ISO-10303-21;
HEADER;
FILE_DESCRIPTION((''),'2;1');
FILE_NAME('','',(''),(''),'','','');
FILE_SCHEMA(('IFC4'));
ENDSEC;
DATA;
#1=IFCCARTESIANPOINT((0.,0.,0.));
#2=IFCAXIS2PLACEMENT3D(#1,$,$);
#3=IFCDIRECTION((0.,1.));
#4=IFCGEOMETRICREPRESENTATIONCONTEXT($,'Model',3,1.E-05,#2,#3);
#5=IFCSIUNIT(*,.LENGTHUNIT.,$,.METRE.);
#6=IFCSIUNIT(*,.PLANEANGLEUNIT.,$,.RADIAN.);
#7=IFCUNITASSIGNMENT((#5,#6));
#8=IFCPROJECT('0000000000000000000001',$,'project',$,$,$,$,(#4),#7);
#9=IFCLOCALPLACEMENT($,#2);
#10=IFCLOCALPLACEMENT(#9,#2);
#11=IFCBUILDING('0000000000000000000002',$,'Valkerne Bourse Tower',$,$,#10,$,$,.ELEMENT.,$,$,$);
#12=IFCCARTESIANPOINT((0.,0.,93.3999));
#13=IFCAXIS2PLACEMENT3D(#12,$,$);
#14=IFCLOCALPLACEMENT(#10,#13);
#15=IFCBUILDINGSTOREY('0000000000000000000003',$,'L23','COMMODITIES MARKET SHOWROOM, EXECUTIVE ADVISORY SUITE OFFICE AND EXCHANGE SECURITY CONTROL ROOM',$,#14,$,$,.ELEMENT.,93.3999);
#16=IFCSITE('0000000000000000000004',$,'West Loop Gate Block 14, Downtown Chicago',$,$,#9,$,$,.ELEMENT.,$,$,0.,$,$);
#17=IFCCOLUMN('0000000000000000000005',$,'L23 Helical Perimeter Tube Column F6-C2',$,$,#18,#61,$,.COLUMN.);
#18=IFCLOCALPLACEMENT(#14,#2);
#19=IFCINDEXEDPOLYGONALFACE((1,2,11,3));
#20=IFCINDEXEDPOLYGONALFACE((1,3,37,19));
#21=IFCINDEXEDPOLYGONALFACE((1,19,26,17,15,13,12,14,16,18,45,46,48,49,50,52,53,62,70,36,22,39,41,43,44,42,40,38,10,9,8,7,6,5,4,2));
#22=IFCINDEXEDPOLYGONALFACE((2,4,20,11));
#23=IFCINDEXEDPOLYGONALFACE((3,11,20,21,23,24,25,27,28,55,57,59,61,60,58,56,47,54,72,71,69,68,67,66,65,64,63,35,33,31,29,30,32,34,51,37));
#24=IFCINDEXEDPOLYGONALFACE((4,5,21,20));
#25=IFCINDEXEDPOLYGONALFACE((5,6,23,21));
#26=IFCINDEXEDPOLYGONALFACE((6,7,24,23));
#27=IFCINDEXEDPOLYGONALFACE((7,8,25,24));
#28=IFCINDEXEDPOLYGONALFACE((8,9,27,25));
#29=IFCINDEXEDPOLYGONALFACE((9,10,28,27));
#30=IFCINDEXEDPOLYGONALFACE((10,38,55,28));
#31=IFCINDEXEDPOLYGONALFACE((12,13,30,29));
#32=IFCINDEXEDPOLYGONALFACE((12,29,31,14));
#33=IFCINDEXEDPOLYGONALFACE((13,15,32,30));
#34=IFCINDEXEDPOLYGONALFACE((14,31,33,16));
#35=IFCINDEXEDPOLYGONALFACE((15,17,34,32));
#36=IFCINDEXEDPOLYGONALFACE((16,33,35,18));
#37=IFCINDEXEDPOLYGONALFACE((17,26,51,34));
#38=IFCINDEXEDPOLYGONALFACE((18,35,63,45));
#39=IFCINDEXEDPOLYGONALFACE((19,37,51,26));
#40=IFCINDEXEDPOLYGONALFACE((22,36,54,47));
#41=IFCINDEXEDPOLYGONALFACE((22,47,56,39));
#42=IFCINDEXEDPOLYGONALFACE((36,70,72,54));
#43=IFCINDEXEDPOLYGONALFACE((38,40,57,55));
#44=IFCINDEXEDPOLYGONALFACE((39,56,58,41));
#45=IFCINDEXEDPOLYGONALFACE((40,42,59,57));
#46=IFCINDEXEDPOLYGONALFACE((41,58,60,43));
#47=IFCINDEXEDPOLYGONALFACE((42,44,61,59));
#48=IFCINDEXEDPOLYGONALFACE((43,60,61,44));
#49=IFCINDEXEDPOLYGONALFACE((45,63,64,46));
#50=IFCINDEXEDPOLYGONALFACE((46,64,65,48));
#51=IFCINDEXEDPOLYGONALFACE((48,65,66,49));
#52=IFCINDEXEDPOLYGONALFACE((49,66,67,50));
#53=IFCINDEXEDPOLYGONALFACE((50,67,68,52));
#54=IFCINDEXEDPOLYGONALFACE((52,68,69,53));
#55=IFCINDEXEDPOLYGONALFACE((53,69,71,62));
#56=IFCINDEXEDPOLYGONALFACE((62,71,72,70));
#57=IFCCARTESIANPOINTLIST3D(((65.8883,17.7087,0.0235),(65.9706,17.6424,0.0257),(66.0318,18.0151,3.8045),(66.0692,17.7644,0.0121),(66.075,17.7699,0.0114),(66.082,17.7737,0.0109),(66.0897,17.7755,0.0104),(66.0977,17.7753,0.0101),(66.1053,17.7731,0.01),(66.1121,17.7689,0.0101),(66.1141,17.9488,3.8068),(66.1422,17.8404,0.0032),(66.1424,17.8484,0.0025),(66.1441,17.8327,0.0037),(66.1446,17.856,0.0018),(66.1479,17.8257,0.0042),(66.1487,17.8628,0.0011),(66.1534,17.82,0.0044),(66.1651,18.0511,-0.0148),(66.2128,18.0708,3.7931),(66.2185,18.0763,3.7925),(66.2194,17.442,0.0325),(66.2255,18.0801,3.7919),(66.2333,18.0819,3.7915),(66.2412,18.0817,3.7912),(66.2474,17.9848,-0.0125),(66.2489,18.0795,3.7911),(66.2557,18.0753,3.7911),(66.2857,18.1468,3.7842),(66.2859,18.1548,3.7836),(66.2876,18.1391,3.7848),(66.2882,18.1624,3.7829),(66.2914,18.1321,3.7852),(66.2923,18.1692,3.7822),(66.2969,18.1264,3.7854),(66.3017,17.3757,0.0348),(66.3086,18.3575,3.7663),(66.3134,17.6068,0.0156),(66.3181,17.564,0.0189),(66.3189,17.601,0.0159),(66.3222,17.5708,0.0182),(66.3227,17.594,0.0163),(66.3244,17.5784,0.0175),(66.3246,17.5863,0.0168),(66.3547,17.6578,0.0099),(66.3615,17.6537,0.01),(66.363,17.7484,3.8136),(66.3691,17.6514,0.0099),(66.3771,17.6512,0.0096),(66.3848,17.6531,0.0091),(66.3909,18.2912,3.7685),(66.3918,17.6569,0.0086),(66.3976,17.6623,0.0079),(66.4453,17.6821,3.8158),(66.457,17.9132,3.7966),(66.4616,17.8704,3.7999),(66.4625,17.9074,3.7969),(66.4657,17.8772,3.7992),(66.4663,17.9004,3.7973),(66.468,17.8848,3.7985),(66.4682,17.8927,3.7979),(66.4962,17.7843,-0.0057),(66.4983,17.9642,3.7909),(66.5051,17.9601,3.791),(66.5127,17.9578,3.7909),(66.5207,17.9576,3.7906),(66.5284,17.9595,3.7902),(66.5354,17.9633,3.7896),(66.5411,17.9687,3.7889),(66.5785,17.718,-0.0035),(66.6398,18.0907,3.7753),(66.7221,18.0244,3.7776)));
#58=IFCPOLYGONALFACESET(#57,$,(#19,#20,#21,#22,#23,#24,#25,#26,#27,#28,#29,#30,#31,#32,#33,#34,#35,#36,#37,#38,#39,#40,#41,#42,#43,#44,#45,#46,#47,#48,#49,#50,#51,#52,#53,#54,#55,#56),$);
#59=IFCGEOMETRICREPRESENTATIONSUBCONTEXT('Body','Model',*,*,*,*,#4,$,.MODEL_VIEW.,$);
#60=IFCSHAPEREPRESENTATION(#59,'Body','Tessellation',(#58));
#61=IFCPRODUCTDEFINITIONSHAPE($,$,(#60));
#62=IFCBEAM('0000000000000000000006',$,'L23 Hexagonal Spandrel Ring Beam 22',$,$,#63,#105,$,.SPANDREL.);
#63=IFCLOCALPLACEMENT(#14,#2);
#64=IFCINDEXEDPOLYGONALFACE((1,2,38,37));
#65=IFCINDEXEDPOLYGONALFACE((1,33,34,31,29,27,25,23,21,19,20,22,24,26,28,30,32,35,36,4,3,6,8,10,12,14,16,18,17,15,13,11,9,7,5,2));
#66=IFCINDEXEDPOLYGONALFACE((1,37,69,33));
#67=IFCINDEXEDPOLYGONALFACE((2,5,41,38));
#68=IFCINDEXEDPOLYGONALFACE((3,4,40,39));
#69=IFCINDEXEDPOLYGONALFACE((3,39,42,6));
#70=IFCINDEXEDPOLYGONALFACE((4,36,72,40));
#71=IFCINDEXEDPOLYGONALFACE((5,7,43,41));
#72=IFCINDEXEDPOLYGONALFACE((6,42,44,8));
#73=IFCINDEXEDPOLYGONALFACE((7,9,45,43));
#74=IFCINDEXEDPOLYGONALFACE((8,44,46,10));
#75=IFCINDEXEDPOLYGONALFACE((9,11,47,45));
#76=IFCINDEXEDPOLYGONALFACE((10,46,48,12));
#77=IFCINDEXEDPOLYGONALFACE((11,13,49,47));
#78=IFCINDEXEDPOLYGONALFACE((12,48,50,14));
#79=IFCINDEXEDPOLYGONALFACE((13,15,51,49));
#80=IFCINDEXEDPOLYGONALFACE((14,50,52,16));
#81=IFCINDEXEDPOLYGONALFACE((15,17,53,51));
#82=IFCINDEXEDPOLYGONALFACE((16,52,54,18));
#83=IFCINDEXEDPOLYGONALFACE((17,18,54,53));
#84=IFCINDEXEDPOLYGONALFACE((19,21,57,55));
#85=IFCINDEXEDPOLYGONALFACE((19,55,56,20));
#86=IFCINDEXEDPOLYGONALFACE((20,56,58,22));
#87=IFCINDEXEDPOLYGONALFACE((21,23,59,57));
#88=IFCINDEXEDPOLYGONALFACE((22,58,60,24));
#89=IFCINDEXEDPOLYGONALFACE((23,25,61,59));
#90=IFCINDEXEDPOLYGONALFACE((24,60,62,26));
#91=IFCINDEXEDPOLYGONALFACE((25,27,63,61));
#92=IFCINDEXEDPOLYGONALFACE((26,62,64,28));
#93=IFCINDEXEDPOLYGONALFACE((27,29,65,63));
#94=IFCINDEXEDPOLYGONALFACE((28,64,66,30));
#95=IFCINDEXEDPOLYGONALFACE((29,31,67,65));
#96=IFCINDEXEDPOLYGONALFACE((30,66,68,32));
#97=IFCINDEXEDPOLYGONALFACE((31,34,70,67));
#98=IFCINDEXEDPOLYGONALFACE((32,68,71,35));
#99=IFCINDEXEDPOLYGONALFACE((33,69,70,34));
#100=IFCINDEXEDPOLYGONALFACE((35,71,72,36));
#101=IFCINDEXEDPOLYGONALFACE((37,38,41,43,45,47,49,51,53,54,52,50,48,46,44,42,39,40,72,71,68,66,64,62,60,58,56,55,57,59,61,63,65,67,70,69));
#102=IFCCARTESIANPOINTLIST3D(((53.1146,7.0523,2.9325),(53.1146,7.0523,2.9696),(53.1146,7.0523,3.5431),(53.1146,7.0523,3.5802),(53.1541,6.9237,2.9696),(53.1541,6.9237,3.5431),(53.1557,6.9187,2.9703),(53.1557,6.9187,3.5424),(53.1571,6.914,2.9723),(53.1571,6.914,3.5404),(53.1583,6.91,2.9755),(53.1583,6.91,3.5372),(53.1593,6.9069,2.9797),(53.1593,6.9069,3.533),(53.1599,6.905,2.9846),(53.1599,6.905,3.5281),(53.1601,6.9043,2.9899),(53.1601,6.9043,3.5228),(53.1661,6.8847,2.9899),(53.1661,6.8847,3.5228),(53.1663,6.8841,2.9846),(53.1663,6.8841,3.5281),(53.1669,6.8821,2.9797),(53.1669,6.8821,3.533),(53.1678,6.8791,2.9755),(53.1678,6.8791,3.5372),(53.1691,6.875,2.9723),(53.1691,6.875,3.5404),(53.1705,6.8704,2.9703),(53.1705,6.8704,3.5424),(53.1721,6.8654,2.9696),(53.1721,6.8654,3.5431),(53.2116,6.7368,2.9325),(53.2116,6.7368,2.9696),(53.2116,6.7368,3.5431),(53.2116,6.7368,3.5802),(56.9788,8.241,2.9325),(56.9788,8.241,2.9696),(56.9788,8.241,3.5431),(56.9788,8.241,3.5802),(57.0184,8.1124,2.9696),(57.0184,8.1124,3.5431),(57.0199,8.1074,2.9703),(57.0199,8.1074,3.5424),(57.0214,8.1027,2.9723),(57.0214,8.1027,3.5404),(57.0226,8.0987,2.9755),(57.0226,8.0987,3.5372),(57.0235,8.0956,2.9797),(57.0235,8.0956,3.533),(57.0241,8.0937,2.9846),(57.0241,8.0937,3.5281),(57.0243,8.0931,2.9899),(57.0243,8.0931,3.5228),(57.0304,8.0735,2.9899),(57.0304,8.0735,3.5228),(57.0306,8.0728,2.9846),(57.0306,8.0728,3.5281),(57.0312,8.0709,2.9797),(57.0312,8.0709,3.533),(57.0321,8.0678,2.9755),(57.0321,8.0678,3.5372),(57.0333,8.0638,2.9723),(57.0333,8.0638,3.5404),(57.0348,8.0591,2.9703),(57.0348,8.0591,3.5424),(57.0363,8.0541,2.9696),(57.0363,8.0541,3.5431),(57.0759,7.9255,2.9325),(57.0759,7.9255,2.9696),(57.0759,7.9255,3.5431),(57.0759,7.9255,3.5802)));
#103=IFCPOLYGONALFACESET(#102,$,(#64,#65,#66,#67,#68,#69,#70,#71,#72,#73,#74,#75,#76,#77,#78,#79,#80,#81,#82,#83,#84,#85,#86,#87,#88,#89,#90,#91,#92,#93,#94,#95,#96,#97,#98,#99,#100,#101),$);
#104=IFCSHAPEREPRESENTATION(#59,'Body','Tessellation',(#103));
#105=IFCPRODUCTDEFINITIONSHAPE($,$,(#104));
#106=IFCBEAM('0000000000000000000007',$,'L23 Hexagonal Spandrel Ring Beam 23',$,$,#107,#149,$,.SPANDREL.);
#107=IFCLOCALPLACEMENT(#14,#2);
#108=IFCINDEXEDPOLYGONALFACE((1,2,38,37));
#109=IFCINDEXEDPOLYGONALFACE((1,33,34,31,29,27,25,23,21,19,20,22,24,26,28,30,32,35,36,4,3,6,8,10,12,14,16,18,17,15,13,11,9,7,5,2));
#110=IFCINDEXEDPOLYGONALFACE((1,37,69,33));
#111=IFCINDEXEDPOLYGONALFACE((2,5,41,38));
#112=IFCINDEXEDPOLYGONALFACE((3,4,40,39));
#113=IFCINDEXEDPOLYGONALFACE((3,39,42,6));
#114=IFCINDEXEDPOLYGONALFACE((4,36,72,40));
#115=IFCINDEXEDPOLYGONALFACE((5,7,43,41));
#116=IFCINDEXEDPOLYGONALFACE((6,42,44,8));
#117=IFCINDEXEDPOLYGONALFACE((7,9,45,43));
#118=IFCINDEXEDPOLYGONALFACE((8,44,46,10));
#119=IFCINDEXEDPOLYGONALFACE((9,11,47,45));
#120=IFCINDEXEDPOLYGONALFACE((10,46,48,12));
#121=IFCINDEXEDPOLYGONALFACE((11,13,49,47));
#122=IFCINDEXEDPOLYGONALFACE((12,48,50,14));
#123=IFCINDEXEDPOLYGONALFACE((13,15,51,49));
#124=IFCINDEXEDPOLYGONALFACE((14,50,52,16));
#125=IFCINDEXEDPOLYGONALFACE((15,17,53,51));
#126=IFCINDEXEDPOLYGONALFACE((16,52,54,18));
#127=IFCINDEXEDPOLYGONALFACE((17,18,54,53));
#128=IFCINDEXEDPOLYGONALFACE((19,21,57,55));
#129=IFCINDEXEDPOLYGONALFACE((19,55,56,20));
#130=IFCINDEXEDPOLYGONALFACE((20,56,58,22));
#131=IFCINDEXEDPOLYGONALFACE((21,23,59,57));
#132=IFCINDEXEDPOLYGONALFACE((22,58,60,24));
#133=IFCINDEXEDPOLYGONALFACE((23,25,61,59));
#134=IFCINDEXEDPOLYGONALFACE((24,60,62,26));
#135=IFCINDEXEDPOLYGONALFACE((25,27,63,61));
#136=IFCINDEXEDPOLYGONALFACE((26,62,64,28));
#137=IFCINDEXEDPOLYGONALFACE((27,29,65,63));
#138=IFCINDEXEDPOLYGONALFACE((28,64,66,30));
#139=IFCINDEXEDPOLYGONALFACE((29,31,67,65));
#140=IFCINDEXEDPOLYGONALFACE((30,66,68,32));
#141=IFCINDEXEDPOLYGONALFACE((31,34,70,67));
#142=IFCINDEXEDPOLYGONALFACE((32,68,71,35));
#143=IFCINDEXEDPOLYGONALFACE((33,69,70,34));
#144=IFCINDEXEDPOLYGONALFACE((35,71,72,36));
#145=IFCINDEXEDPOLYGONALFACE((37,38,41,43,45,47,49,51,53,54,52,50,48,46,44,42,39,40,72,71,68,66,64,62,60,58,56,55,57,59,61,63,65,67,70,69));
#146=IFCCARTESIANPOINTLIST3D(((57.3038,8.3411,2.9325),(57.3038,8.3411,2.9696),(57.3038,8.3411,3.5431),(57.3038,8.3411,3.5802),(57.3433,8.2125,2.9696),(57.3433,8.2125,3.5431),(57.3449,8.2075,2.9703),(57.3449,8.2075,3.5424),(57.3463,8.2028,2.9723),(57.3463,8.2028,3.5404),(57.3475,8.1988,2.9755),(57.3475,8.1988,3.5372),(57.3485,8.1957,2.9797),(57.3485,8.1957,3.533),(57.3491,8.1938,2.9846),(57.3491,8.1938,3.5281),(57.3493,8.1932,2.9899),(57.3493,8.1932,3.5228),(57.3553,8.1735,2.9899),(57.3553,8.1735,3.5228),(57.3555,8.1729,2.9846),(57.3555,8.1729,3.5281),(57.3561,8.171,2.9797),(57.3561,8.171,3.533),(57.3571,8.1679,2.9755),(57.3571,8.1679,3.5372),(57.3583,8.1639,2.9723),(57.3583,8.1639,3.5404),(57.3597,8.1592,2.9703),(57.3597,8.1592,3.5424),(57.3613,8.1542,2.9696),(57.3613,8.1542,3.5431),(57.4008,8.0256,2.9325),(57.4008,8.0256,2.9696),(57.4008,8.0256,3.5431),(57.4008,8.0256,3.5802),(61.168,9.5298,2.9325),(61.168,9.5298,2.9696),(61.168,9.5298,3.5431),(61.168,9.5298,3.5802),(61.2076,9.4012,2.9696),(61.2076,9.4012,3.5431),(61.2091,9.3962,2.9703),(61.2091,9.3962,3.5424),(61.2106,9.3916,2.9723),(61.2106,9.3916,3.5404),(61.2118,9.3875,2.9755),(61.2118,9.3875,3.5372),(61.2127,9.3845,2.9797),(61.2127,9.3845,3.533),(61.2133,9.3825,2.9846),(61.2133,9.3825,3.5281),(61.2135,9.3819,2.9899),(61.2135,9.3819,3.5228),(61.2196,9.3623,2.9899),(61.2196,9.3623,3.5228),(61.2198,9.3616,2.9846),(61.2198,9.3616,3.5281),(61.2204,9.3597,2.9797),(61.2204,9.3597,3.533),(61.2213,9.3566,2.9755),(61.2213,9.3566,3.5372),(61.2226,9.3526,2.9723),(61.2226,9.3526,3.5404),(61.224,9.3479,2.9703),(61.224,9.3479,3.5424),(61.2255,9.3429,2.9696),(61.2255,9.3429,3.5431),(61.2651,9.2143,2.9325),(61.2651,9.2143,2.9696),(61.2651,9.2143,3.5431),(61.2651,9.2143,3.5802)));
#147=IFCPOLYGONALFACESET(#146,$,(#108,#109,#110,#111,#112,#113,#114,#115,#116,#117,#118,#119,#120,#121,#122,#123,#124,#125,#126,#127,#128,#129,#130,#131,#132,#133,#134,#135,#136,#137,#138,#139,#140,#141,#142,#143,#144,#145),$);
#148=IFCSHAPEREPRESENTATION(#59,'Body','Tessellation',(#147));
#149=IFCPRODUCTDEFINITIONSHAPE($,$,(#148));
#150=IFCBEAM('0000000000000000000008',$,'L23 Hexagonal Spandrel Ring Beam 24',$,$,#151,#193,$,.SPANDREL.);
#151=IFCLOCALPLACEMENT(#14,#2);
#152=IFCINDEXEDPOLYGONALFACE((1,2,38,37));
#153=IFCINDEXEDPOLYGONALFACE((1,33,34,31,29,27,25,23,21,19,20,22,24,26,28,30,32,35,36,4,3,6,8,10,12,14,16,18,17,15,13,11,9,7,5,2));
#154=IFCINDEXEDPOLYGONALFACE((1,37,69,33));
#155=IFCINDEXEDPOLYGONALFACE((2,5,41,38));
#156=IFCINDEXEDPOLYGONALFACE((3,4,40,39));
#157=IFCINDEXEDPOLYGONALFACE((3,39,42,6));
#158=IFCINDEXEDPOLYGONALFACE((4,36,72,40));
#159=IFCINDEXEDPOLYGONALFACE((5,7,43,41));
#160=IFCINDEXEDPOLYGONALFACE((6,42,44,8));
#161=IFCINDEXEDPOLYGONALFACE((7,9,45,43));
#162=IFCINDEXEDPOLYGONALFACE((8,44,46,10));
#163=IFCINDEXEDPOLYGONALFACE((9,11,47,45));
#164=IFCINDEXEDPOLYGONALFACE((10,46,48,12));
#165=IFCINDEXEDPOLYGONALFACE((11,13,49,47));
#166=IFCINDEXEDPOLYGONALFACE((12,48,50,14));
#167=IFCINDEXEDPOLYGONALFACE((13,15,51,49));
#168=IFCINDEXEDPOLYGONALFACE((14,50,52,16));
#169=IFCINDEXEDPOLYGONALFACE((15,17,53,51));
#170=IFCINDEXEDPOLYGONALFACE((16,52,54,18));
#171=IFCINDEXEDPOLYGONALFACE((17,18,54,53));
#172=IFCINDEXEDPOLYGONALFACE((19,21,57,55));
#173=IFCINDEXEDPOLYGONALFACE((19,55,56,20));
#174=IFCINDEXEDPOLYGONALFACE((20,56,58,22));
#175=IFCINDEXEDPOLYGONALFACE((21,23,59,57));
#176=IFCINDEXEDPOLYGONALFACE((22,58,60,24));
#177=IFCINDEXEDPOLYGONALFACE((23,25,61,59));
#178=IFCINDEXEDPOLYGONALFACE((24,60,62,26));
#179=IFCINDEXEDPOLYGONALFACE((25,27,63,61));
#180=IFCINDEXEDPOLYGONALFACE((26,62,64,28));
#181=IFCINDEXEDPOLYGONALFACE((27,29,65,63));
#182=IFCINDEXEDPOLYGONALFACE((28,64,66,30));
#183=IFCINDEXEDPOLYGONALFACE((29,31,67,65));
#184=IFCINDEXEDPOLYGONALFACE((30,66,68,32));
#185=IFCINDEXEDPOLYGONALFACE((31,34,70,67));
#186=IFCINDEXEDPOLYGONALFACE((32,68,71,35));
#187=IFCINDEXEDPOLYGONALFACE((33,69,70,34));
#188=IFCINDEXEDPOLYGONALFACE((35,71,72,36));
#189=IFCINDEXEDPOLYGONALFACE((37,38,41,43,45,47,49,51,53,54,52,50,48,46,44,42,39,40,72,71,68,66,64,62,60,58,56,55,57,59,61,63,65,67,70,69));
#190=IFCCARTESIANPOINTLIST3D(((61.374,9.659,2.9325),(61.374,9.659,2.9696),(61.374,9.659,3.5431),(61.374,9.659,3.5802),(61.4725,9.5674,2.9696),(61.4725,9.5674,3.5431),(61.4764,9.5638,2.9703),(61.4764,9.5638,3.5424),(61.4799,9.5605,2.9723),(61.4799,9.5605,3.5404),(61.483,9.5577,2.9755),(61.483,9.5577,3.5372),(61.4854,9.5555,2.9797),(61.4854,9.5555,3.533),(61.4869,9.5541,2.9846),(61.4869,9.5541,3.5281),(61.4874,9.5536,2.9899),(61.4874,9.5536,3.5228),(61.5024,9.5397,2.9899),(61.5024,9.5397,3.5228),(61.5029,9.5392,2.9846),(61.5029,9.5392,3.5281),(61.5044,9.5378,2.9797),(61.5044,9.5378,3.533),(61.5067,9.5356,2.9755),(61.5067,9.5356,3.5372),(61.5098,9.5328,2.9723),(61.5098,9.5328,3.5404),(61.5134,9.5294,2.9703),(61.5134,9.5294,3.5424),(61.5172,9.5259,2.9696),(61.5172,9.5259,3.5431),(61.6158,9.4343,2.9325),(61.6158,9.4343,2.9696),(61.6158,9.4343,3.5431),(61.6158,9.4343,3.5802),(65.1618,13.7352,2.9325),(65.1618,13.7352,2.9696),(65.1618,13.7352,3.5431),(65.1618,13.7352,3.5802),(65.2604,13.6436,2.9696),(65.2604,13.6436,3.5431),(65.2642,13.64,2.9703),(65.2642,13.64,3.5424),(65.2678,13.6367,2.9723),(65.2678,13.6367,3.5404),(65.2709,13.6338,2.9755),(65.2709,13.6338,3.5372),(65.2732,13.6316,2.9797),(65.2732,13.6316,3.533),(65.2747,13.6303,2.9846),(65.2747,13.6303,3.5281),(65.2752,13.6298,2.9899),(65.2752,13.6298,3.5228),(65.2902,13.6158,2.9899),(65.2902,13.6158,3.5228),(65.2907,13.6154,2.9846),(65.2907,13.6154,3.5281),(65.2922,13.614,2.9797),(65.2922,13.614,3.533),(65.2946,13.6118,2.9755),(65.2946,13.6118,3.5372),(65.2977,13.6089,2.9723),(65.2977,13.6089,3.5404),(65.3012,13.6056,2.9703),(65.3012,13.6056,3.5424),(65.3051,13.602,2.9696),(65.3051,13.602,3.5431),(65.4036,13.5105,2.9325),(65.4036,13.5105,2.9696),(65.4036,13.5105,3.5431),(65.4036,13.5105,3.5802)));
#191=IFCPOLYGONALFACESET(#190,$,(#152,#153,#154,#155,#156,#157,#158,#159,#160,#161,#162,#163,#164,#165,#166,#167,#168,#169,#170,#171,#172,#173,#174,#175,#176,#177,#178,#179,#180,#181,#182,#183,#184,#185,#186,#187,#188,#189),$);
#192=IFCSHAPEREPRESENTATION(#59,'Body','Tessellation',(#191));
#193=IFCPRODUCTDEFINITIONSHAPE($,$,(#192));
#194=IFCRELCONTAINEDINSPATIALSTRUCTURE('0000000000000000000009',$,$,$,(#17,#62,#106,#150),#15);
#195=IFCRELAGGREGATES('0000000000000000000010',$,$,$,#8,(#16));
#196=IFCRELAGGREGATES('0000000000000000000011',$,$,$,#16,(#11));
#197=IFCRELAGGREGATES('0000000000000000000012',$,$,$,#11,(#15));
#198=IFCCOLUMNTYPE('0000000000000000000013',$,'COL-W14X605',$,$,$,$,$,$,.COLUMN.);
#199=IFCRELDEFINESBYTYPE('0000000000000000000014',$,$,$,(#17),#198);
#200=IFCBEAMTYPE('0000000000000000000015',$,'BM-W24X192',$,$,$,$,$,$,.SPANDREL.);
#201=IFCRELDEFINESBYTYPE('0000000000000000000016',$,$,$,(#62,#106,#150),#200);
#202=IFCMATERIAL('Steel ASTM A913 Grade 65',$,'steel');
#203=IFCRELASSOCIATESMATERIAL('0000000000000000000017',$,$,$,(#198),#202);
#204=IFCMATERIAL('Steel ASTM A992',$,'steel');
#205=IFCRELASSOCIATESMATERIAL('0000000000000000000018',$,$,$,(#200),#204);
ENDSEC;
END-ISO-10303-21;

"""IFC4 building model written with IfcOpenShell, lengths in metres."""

from ifc_helpers import new_model, si_unit, direction, frame, origin, origin_2d, place, context, subcontext, project, spatial, i_section, extrude, material, material_profile, profile_set, type_object, element, save


model = new_model("IFC4")

# Units and contexts
model_context = context("Model", 3, precision=1e-05, world=origin(), true_north=direction((0.0, 1.0)))
body_context = subcontext(model_context, "Body", "Model", "MODEL_VIEW")
ifc_project = project(units=[si_unit("LENGTHUNIT", "METRE"), si_unit("PLANEANGLEUNIT", "RADIAN")], contexts=[model_context])

# Site, building, storey
site_placement = place(None, origin())
site = spatial("IfcSite", under=ifc_project, at=site_placement, Name="West Loop Gate Block 14, Downtown Chicago", CompositionType="ELEMENT", RefElevation=0.0)
building_placement = place(site_placement, origin())
building = spatial("IfcBuilding", under=site, at=building_placement, Name="Valkerne Bourse Tower", CompositionType="ELEMENT")
storey_placement = place(building_placement, frame((0.0, 0.0, 93.3999)))
storey = spatial("IfcBuildingStorey", under=building, at=storey_placement, Name="L23", Description="COMMODITIES MARKET SHOWROOM, EXECUTIVE ADVISORY SUITE OFFICE AND EXCHANGE SECURITY CONTROL ROOM", CompositionType="ELEMENT", Elevation=93.3999)

# Column
ifc_material_1 = material(Name="Steel ASTM A913 Grade 65", Category="steel")
ifc_material_profile_1 = material_profile(ifc_material_1, i_section(OverallWidth=0.4419, OverallDepth=0.531, WebThickness=0.0659, FlangeThickness=0.1057, FilletRadius=0.0305, at=origin_2d()), Name="W14X605")
ifc_profile_set_1 = profile_set([ifc_material_profile_1], Name="Steel ASTM A913 Grade 65")
column_type = type_object("IfcColumnType", Name="COL-W14X605", PredefinedType="COLUMN", material=ifc_profile_set_1)
column_1_placement = place(storey_placement, frame((66.2334, 17.7134, 0.01), z_axis=(0.037816, 0.080713, 0.99602), x_axis=(-0.626382, -0.774696, 0.08656)))
element("IfcColumn", 1, at=column_1_placement, inside=storey, type_object=column_type, Name="L23 Helical Perimeter Tube Column F6-C2", PredefinedType="COLUMN", context=body_context, shape_type="SweptSolid", body=[
    extrude(i_section(OverallWidth=0.4419, OverallDepth=0.531, WebThickness=0.0659, FlangeThickness=0.1057, FilletRadius=0.0305, at=origin_2d()), origin(), (0.0, 0.0, 1.0), 3.7961),
])

# Beams
ifc_material_2 = material(Name="Steel ASTM A992", Category="steel")
ifc_material_profile_2 = material_profile(ifc_material_2, i_section(OverallWidth=0.3301, OverallDepth=0.6477, WebThickness=0.0205, FlangeThickness=0.0371, FilletRadius=0.0203, at=origin_2d()), Name="W24X192")
ifc_profile_set_2 = profile_set([ifc_material_profile_2], Name="Steel ASTM A992")
beam_type = type_object("IfcBeamType", Name="BM-W24X192", PredefinedType="SPANDREL", material=ifc_profile_set_2)
for number, where, z_axis, x_axis, name in (
    (2, (53.1631, 6.8945, 3.2563), (0.955799, 0.294022, 0.0), (-0.294022, 0.955799, 0.0), "L23 Hexagonal Spandrel Ring Beam 22"),
    (3, (57.3523, 8.1833, 3.2563), (0.955799, 0.294022, 0.0), (-0.294022, 0.955799, 0.0), "L23 Hexagonal Spandrel Ring Beam 23"),
):
    element("IfcBeam", number, at=place(storey_placement, frame(where, z_axis=z_axis, x_axis=x_axis)), inside=storey, type_object=beam_type, Name=name, PredefinedType="SPANDREL", context=body_context, shape_type="SweptSolid", body=[
        extrude(i_section(OverallWidth=0.3301, OverallDepth=0.6477, WebThickness=0.0205, FlangeThickness=0.0371, FilletRadius=0.0203, at=origin_2d()), origin(), (0.0, 0.0, 1.0), 4.043),
    ])
beam_placement = place(storey_placement, frame((61.4949, 9.5466, 3.2563), z_axis=(0.680724, 0.73254, 0.0), x_axis=(-0.73254, 0.680724, 0.0)))
element("IfcBeam", 4, at=beam_placement, inside=storey, type_object=beam_type, Name="L23 Hexagonal Spandrel Ring Beam 24", PredefinedType="SPANDREL", context=body_context, shape_type="SweptSolid", body=[
    extrude(i_section(OverallWidth=0.3301, OverallDepth=0.6477, WebThickness=0.0205, FlangeThickness=0.0371, FilletRadius=0.0203, at=origin_2d()), origin(), (0.0, 0.0, 1.0), 5.5645),
])

save(model, "model.ifc")
